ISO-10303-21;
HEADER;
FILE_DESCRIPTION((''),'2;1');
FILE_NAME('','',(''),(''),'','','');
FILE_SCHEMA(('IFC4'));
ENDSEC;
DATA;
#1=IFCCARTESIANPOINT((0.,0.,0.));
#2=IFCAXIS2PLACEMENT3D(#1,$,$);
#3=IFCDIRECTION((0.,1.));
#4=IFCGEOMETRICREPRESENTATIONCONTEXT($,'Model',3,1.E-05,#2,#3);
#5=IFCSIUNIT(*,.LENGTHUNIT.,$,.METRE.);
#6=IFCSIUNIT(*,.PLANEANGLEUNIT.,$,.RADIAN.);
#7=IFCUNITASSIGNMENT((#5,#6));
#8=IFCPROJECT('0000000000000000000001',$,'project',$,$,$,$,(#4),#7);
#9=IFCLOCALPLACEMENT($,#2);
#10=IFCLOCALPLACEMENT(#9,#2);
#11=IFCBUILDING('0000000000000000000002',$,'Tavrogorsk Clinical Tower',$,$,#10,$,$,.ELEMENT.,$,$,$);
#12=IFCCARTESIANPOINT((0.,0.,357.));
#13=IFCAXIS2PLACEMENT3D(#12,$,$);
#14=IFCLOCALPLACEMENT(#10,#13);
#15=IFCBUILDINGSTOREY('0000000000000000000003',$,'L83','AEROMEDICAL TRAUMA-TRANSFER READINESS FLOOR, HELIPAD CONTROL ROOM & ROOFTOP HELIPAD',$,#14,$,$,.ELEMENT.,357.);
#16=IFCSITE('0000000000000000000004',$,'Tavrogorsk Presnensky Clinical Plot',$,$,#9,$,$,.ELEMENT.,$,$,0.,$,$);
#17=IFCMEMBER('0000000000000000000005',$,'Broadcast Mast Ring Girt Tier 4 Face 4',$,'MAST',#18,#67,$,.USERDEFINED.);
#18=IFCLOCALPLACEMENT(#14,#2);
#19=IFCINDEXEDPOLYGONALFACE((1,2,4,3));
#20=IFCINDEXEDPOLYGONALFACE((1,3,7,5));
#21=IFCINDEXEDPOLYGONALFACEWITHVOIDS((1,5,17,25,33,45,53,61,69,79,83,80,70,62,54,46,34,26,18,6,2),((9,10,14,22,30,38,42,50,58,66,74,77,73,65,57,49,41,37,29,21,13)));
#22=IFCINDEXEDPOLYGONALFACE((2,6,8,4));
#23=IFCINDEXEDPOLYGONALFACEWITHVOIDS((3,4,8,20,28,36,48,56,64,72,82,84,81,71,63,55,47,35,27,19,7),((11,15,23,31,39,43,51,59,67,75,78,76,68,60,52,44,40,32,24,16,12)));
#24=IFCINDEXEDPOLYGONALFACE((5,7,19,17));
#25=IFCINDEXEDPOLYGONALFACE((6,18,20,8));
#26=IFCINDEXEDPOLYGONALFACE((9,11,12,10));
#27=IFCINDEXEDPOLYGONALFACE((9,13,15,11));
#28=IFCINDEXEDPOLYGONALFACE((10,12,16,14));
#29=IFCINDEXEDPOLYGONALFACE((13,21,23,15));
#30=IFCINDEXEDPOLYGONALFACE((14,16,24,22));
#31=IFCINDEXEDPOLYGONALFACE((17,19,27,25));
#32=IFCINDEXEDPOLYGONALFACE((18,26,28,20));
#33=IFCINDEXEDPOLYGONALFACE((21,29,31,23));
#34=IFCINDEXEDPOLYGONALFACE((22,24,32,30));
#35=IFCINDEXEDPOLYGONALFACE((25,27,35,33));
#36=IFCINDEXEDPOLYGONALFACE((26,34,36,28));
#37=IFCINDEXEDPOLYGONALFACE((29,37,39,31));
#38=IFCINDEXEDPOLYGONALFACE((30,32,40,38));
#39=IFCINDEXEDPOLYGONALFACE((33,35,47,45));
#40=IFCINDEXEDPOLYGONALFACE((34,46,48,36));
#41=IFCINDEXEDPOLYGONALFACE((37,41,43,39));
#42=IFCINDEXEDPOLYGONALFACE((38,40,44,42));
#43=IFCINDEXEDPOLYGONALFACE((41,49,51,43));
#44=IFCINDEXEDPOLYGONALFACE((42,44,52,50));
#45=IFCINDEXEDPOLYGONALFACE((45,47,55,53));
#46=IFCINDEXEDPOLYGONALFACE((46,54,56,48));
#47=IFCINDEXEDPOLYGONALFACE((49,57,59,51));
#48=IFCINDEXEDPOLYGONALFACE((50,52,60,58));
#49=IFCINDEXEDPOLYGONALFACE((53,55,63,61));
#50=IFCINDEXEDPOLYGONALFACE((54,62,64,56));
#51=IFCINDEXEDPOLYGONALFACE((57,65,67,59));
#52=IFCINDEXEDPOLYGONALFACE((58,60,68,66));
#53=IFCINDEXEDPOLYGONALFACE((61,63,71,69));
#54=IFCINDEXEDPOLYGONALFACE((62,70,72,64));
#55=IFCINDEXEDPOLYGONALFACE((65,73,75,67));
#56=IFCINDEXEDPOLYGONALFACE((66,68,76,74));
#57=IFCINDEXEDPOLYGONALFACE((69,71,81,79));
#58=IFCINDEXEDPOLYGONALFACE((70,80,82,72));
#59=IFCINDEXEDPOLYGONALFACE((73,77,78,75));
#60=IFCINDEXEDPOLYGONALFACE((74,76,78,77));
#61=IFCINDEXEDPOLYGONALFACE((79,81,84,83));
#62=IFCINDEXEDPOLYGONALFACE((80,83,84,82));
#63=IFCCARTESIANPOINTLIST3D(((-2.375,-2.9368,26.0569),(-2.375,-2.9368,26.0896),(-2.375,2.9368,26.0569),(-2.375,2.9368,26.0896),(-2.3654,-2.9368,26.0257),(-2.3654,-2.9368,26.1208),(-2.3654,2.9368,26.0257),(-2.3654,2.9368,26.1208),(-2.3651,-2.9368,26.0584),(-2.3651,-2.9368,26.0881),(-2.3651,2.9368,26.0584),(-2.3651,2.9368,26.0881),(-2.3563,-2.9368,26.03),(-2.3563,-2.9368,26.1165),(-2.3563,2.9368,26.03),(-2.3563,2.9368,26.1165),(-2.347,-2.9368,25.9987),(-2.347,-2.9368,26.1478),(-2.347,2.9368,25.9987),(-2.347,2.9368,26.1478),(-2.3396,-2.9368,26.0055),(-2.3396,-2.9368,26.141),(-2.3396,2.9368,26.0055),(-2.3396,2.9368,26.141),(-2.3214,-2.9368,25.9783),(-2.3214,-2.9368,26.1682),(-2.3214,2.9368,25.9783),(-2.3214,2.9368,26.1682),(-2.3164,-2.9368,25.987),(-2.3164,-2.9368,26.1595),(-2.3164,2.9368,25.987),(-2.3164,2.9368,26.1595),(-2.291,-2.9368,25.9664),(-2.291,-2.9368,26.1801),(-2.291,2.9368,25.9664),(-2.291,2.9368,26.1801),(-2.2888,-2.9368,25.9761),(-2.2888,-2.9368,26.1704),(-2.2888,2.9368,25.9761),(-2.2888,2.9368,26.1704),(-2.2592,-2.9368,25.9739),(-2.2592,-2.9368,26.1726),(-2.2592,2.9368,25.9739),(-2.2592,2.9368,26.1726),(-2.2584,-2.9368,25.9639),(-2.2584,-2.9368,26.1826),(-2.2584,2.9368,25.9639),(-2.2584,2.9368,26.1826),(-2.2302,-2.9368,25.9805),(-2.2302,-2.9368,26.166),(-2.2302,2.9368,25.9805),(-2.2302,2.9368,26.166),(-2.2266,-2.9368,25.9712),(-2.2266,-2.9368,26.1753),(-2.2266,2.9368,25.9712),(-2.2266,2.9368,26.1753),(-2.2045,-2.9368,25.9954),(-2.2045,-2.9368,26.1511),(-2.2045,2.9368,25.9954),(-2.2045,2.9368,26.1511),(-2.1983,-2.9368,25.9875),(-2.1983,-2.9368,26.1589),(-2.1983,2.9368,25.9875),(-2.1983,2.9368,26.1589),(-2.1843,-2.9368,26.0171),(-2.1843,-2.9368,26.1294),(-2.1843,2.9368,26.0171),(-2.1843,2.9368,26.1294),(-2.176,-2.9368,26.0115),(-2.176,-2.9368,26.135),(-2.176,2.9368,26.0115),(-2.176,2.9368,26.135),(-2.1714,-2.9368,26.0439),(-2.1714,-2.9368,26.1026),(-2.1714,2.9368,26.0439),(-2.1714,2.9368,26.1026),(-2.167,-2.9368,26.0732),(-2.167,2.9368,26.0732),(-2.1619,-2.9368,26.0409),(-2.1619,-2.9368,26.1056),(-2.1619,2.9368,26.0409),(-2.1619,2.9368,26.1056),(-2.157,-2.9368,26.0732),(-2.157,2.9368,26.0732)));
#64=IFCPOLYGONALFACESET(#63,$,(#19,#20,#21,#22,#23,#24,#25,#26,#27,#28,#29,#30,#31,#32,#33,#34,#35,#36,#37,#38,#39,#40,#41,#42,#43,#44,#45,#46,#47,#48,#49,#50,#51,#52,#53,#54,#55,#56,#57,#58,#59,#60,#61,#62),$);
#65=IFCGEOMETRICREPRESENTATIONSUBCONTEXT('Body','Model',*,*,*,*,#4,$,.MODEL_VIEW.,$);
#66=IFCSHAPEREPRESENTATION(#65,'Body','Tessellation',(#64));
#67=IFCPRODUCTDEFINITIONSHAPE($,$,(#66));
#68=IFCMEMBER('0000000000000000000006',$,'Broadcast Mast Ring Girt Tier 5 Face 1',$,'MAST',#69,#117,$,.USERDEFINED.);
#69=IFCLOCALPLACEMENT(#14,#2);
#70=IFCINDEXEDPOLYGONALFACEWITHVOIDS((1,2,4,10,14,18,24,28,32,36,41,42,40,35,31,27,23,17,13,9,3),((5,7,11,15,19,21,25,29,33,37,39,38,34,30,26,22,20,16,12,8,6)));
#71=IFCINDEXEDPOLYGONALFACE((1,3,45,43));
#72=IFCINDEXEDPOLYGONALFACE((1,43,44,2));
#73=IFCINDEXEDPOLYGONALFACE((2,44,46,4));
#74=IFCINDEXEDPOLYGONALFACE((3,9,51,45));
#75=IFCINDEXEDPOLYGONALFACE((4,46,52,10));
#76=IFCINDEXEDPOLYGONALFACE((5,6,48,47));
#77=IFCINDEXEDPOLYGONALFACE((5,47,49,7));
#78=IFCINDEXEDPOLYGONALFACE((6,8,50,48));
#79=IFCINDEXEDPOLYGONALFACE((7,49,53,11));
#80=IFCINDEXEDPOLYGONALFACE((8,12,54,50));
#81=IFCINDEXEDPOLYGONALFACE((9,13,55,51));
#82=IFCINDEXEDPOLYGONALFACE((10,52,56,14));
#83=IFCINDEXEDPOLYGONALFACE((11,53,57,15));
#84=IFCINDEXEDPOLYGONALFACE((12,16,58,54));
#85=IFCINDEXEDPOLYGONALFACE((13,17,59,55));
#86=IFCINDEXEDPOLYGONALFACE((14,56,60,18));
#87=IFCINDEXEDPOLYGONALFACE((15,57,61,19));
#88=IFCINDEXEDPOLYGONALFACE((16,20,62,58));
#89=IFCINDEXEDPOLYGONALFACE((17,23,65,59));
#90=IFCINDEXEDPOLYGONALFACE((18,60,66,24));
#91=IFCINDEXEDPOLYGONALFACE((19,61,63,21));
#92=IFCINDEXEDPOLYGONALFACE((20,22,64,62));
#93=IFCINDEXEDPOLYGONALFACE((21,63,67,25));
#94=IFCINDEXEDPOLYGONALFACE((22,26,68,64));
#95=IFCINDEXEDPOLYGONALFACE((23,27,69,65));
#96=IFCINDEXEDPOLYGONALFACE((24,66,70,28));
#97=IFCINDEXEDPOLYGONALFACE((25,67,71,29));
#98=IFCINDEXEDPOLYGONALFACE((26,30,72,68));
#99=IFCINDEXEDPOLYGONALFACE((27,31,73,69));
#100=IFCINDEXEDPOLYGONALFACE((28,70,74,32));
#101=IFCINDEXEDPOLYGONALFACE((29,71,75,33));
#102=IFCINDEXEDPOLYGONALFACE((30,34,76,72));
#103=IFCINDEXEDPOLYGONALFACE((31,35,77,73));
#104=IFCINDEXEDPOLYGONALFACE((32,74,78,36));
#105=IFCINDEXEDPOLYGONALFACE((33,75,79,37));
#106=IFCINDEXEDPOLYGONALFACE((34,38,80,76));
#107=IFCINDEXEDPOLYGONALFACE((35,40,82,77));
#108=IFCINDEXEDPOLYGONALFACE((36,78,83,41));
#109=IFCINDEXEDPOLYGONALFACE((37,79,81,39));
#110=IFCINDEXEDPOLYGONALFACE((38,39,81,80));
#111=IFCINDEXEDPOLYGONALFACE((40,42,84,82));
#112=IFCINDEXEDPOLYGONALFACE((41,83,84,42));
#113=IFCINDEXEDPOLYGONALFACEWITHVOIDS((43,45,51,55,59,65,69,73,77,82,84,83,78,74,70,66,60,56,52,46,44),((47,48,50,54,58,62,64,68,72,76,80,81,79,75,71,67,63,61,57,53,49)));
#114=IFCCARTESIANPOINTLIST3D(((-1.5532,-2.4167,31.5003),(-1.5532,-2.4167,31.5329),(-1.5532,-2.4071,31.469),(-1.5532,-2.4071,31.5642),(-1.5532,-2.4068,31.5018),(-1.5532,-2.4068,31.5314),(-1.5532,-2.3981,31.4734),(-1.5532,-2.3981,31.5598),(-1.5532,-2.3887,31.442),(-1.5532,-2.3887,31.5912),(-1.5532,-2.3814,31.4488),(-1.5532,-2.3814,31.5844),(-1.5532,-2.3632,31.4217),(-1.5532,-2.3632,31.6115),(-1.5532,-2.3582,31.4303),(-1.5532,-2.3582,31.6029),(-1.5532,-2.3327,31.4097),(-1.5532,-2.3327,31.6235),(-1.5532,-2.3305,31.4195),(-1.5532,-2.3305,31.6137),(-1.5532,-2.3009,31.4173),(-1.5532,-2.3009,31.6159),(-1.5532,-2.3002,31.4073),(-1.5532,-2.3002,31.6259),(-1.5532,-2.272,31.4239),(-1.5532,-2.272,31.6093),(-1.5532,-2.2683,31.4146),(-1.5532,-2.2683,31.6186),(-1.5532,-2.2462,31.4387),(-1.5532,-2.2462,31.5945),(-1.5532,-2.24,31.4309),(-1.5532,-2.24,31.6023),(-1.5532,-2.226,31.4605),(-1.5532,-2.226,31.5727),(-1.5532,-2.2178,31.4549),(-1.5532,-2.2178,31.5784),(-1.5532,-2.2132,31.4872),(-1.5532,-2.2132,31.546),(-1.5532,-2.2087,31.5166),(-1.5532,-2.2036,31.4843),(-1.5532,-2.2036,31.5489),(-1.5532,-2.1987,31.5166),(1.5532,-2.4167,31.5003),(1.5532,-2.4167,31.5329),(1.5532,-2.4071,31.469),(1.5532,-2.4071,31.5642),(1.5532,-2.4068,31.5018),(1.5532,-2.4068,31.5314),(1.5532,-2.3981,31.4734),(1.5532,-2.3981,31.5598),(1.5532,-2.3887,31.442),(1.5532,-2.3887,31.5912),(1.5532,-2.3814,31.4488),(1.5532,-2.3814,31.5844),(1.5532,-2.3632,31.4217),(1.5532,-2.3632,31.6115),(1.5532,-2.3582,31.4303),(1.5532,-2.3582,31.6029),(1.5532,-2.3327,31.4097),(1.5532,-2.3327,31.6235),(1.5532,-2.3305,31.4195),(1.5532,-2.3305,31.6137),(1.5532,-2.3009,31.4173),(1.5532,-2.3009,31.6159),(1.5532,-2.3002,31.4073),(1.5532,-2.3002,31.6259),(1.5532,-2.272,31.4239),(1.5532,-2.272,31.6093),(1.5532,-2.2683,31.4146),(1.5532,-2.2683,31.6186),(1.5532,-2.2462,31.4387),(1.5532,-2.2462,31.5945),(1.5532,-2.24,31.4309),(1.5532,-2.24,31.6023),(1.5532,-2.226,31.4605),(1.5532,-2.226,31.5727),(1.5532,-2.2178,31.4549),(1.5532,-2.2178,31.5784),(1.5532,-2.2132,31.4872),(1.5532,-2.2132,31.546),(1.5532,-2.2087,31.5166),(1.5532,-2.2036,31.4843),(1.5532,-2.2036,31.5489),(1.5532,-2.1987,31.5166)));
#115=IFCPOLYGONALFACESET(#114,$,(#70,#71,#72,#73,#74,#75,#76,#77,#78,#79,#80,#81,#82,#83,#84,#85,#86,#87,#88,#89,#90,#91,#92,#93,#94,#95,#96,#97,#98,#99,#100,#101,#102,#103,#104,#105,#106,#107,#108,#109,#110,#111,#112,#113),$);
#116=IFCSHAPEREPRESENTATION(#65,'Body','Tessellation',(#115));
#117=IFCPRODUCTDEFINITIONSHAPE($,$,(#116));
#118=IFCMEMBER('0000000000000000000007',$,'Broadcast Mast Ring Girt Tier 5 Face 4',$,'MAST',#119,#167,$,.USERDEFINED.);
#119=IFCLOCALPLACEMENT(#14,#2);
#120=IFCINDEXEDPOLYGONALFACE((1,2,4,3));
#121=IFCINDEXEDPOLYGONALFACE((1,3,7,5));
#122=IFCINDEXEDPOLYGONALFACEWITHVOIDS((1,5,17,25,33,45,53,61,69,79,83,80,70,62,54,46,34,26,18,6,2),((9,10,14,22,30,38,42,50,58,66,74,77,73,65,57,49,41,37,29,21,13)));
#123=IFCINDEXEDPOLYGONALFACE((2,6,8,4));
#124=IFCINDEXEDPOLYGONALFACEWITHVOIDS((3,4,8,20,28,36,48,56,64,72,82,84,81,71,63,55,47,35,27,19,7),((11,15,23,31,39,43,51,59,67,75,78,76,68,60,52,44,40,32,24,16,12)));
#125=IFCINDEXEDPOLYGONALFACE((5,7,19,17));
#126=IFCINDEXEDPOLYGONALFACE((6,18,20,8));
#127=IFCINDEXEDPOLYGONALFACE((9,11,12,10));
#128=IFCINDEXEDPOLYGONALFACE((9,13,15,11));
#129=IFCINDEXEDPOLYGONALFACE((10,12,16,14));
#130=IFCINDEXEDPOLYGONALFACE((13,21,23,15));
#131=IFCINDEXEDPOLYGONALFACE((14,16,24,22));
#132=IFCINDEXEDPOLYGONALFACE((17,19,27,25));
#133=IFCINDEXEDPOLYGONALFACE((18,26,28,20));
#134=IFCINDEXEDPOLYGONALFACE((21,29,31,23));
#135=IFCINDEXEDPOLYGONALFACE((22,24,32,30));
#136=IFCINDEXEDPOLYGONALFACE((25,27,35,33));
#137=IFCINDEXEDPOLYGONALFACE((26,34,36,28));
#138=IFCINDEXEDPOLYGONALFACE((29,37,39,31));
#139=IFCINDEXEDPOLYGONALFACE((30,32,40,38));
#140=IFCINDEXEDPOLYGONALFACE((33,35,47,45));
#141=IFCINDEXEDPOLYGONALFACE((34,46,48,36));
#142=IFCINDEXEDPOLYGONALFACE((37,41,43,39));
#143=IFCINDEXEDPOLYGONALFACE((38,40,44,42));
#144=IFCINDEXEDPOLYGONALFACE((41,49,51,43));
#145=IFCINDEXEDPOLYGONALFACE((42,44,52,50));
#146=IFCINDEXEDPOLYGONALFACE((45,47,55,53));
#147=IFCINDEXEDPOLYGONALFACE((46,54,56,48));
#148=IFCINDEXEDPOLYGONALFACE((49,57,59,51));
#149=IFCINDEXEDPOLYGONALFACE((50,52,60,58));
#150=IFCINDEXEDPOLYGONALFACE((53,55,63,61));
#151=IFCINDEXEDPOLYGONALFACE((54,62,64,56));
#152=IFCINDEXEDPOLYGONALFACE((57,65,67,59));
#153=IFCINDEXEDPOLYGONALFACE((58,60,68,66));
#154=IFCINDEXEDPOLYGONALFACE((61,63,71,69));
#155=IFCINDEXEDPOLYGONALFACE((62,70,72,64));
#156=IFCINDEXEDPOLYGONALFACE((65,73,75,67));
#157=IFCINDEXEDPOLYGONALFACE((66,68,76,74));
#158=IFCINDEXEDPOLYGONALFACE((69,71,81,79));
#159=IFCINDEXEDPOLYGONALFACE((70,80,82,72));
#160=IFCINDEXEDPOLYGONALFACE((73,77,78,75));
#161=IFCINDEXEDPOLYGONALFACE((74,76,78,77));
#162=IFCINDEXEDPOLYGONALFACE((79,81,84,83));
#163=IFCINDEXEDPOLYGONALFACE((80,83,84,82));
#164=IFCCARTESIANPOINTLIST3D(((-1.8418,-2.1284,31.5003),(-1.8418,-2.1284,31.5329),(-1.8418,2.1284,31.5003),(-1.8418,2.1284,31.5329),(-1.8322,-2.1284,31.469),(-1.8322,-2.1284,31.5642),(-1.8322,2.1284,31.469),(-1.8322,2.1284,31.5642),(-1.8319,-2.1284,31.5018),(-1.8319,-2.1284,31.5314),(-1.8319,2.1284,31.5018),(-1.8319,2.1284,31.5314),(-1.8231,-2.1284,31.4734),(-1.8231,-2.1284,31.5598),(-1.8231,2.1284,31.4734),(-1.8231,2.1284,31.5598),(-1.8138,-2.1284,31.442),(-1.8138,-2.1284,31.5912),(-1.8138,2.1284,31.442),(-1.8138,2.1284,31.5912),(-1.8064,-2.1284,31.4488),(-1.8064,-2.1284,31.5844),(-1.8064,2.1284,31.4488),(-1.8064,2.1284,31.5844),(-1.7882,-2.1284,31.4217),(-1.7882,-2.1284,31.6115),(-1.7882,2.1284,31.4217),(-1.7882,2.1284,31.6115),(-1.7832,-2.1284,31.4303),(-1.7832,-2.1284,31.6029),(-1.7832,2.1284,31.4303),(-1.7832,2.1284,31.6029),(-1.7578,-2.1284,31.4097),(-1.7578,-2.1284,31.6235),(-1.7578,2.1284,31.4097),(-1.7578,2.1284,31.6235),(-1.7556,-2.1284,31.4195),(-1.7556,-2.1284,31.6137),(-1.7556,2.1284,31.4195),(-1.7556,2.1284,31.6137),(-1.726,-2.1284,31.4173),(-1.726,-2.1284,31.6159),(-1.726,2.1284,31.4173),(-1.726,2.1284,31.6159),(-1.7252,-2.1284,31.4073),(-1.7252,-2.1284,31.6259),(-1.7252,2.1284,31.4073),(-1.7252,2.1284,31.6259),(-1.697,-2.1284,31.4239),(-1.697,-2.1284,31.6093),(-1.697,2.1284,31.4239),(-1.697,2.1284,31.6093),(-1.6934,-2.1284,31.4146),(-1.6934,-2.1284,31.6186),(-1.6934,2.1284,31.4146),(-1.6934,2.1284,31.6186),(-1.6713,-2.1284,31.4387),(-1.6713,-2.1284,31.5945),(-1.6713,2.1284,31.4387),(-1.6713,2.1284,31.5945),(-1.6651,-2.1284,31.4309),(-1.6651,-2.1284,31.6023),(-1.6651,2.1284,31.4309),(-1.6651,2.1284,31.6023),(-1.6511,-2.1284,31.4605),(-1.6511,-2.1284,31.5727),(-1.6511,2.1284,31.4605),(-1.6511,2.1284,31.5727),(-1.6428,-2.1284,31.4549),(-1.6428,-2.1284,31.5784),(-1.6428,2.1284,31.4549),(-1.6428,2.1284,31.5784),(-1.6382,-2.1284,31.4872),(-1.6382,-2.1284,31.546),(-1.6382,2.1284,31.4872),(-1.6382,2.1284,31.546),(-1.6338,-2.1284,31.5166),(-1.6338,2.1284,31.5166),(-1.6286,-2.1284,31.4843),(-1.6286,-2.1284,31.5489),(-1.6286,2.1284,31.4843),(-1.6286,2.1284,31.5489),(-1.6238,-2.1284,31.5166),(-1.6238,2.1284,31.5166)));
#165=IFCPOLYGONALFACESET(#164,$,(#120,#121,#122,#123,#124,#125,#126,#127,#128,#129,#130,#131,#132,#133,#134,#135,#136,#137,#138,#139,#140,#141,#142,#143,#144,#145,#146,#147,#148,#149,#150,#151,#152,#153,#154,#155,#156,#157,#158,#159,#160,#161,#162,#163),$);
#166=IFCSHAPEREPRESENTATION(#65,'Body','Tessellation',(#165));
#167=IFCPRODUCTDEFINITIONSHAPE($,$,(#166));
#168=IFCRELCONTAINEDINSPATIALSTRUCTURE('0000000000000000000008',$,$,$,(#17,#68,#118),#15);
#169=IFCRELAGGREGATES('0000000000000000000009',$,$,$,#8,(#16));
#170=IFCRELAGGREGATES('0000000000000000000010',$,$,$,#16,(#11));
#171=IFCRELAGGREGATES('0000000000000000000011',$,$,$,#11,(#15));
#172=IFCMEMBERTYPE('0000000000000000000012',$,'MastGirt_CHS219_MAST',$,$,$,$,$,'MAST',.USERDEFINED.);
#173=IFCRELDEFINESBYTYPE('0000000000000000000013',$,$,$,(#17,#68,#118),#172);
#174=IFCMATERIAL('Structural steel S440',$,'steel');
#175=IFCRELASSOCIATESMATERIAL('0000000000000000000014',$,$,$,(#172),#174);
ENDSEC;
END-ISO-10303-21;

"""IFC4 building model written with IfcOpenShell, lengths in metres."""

from ifc_helpers import new_model, si_unit, direction, frame, origin, origin_2d, place, context, subcontext, project, spatial, hollow_circle, extrude, material, material_profile, profile_set, type_object, element, save


model = new_model("IFC4")

# Units and contexts
model_context = context("Model", 3, precision=1e-05, world=origin(), true_north=direction((0.0, 1.0)))
body_context = subcontext(model_context, "Body", "Model", "MODEL_VIEW")
ifc_project = project(units=[si_unit("LENGTHUNIT", "METRE"), si_unit("PLANEANGLEUNIT", "RADIAN")], contexts=[model_context])

# Site, building, storey
site_placement = place(None, origin())
site = spatial("IfcSite", under=ifc_project, at=site_placement, Name="Tavrogorsk Presnensky Clinical Plot", CompositionType="ELEMENT", RefElevation=0.0)
building_placement = place(site_placement, origin())
building = spatial("IfcBuilding", under=site, at=building_placement, Name="Tavrogorsk Clinical Tower", CompositionType="ELEMENT")
storey_placement = place(building_placement, frame((0.0, 0.0, 357.0)))
storey = spatial("IfcBuildingStorey", under=building, at=storey_placement, Name="L83", Description="AEROMEDICAL TRAUMA-TRANSFER READINESS FLOOR, HELIPAD CONTROL ROOM & ROOFTOP HELIPAD", CompositionType="ELEMENT", Elevation=357.0)

# Members
ifc_material_1 = material(Name="Structural steel S440", Category="steel")
ifc_material_profile_1 = material_profile(ifc_material_1, hollow_circle(Radius=0.1096, WallThickness=0.01, at=origin_2d()), Name="CHS-219.1x10")
ifc_profile_set_1 = profile_set([ifc_material_profile_1], Name="Structural steel S440")
member_type_1 = type_object("IfcMemberType", Name="MastGirt_CHS219_MAST", ElementType="MAST", PredefinedType="USERDEFINED", material=ifc_profile_set_1)
member_1_placement = place(storey_placement, frame((-2.2666, 2.9368, 26.0732), z_axis=(0.0, -1.0, 0.0), x_axis=(1.0, 0.0, 0.0)))
element("IfcMember", 1, at=member_1_placement, inside=storey, type_object=member_type_1, Name="Broadcast Mast Ring Girt Tier 4 Face 4", ObjectType="MAST", PredefinedType="USERDEFINED", context=body_context, shape_type="SweptSolid", body=[
    extrude(hollow_circle(Radius=0.1096, WallThickness=0.01, at=origin_2d()), origin(), (0.0, 0.0, 1.0), 5.8735),
])
member_2_placement = place(storey_placement, frame((-1.5532, -2.3083, 31.5166), z_axis=(1.0, 0.0, 0.0), x_axis=(0.0, 1.0, 0.0)))
element("IfcMember", 2, at=member_2_placement, inside=storey, type_object=member_type_1, Name="Broadcast Mast Ring Girt Tier 5 Face 1", ObjectType="MAST", PredefinedType="USERDEFINED", context=body_context, shape_type="SweptSolid", body=[
    extrude(hollow_circle(Radius=0.1096, WallThickness=0.01, at=origin_2d()), origin(), (0.0, 0.0, 1.0), 3.1064),
])
member_3_placement = place(storey_placement, frame((-1.7334, 2.1284, 31.5166), z_axis=(0.0, -1.0, 0.0), x_axis=(1.0, 0.0, 0.0)))
element("IfcMember", 3, at=member_3_placement, inside=storey, type_object=member_type_1, Name="Broadcast Mast Ring Girt Tier 5 Face 4", ObjectType="MAST", PredefinedType="USERDEFINED", context=body_context, shape_type="SweptSolid", body=[
    extrude(hollow_circle(Radius=0.1096, WallThickness=0.01, at=origin_2d()), origin(), (0.0, 0.0, 1.0), 4.2568),
])

save(model, "model.ifc")
